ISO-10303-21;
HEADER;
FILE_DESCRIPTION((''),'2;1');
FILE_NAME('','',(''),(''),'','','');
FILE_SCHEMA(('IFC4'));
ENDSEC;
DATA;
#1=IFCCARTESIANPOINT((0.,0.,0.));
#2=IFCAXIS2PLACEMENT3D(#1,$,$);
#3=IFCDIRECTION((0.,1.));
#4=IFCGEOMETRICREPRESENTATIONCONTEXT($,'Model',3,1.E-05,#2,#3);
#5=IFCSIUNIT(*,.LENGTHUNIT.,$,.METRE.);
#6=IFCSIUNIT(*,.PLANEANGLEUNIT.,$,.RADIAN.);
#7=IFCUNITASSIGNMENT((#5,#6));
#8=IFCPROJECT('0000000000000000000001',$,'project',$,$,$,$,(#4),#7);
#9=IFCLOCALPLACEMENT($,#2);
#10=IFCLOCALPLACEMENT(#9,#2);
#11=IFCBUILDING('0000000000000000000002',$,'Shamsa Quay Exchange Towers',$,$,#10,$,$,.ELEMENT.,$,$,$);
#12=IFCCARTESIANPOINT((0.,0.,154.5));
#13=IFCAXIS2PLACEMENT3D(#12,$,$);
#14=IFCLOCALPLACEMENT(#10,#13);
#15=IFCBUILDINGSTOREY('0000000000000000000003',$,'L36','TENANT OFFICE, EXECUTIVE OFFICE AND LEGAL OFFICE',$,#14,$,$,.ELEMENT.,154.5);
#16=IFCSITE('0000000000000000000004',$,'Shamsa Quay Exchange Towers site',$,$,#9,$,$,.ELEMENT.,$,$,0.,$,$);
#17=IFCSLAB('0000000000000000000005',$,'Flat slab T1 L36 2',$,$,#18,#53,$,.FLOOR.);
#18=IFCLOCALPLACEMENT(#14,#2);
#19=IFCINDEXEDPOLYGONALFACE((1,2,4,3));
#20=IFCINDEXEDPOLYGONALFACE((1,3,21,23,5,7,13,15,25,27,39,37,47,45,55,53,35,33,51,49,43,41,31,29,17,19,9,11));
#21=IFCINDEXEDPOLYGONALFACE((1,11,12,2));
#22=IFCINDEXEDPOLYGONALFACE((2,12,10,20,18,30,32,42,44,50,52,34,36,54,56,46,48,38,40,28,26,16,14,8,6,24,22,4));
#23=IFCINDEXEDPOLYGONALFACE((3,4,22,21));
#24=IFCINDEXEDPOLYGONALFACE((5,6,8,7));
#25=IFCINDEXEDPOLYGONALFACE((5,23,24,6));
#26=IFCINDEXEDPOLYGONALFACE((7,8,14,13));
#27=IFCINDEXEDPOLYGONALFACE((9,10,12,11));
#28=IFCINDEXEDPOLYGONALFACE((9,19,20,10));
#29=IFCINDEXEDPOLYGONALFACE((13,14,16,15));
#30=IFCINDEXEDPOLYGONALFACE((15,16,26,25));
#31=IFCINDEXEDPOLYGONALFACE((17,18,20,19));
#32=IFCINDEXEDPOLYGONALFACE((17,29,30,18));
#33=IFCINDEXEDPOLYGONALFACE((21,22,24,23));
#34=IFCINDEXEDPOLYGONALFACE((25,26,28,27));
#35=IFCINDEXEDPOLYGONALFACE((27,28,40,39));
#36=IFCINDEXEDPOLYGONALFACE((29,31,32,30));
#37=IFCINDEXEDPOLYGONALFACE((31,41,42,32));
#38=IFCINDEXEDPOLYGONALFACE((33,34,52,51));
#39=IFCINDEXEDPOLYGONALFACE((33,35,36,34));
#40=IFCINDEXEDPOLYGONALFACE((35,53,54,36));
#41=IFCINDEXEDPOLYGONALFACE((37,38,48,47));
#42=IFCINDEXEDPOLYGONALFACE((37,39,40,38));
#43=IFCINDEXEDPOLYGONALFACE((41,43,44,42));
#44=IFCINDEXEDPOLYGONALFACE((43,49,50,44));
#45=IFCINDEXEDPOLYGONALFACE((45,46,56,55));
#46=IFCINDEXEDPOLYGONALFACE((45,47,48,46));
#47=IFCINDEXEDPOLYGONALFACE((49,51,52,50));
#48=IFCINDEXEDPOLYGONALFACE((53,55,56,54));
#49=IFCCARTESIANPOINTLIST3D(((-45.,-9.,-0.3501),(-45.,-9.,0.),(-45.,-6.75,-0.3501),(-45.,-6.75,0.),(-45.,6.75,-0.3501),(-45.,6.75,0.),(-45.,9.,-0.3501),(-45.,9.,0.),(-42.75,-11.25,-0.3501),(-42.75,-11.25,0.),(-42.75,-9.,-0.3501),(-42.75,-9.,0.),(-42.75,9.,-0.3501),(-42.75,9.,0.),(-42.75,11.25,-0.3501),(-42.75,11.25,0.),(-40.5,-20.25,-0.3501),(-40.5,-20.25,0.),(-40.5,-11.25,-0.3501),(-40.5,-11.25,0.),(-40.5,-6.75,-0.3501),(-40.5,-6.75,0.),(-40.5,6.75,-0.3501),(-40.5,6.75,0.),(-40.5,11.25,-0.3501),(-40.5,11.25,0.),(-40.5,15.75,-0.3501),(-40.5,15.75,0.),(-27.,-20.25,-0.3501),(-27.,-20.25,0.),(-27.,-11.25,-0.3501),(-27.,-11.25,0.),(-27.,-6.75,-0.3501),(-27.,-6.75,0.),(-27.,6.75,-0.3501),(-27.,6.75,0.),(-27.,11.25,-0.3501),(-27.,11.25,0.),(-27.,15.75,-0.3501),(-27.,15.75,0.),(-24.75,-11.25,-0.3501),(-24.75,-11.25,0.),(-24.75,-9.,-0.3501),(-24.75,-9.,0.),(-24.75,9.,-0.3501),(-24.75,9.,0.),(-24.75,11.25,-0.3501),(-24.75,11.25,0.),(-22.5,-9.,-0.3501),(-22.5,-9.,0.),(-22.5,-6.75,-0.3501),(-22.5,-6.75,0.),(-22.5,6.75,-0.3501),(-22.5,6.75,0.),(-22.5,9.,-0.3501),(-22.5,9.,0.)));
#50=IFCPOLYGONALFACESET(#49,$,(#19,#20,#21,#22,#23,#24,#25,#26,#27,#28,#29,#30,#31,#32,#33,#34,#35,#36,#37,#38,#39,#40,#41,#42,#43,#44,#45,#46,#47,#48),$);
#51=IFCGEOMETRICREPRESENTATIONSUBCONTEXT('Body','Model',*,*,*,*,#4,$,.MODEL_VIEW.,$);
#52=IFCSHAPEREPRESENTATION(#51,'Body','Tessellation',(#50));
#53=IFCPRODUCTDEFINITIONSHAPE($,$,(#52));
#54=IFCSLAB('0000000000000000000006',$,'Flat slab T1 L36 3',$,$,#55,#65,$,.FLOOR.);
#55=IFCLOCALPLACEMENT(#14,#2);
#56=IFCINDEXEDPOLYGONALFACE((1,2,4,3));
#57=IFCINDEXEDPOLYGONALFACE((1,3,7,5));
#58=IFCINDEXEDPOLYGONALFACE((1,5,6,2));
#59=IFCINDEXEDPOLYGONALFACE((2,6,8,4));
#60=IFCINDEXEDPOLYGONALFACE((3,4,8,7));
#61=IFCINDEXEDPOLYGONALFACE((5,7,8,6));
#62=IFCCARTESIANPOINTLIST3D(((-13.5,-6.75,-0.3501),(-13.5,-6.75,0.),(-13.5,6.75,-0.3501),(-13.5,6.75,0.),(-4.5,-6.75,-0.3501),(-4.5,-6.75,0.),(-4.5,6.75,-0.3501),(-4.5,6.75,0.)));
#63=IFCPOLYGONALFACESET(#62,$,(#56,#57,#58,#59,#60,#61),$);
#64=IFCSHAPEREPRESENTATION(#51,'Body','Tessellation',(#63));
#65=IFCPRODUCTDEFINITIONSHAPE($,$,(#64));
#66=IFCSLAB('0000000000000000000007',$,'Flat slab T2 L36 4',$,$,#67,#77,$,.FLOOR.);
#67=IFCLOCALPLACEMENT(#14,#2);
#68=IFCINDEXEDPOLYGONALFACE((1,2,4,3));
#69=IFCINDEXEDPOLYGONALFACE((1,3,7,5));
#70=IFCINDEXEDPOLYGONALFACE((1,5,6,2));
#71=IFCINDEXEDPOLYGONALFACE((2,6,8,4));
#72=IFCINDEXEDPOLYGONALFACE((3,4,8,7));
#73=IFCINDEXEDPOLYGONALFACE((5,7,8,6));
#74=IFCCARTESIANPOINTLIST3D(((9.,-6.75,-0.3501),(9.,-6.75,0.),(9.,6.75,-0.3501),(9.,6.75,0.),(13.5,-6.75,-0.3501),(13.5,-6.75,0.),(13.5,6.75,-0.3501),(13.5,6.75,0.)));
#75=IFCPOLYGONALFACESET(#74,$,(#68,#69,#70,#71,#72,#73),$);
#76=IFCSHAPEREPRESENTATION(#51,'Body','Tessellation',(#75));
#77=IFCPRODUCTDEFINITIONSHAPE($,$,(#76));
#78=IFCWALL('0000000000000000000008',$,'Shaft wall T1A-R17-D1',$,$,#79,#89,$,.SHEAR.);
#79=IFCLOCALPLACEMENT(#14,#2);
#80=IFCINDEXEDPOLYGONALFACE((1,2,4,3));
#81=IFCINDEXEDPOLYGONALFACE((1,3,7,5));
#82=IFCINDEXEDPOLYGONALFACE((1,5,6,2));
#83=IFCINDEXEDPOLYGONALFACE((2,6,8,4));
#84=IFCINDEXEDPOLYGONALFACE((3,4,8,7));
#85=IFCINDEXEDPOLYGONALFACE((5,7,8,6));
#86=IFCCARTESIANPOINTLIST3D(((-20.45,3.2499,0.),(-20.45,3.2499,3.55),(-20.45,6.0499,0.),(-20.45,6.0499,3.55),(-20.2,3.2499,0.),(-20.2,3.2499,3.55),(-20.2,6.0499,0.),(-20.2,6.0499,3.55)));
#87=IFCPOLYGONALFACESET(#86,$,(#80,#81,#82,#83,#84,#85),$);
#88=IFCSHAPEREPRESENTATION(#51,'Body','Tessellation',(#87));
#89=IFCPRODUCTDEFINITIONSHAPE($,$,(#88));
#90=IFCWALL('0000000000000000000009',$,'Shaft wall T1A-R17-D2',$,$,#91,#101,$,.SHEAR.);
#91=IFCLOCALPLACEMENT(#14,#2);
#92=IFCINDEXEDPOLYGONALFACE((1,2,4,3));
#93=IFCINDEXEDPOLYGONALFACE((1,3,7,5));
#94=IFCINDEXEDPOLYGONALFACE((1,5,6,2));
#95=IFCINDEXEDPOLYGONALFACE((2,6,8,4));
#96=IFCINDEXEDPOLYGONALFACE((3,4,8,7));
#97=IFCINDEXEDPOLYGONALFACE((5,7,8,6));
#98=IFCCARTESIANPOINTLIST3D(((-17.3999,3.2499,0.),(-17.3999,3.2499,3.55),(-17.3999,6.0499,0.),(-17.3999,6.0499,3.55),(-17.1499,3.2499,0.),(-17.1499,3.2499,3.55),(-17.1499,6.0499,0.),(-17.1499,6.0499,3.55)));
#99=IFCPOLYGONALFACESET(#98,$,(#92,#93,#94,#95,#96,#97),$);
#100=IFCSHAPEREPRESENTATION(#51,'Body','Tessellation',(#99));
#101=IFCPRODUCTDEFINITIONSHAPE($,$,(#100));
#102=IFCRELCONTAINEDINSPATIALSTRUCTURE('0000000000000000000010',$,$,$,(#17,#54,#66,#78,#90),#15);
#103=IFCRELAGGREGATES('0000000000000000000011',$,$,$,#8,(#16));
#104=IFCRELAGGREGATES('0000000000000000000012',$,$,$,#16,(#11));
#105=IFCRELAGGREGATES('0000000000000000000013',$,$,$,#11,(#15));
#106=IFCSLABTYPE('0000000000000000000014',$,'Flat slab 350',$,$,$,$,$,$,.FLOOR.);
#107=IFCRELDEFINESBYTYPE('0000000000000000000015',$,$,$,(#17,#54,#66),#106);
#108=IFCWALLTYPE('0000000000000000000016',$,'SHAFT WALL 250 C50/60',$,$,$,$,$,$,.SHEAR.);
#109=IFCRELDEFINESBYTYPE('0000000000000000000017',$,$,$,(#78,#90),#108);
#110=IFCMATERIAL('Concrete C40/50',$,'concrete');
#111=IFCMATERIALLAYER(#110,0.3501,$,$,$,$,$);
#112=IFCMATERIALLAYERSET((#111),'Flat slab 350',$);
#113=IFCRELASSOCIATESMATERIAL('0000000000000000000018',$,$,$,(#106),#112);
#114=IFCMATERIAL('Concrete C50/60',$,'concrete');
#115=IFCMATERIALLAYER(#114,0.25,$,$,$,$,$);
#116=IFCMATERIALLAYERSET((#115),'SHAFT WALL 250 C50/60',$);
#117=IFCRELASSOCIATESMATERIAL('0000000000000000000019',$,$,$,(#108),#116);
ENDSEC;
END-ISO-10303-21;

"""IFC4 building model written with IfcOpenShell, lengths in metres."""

from ifc_helpers import new_model, si_unit, direction, frame, frame_2d, origin, place, context, subcontext, project, spatial, polyline, rectangle, outline, extrude, material, layer, layer_set, type_object, element, save


model = new_model("IFC4")

# Units and contexts
model_context = context("Model", 3, precision=1e-05, world=origin(), true_north=direction((0.0, 1.0)))
body_context = subcontext(model_context, "Body", "Model", "MODEL_VIEW")
ifc_project = project(units=[si_unit("LENGTHUNIT", "METRE"), si_unit("PLANEANGLEUNIT", "RADIAN")], contexts=[model_context])

# Site, building, storey
site_placement = place(None, origin())
site = spatial("IfcSite", under=ifc_project, at=site_placement, Name="Shamsa Quay Exchange Towers site", CompositionType="ELEMENT", RefElevation=0.0)
building_placement = place(site_placement, origin())
building = spatial("IfcBuilding", under=site, at=building_placement, Name="Shamsa Quay Exchange Towers", CompositionType="ELEMENT")
storey_placement = place(building_placement, frame((0.0, 0.0, 154.5)))
storey = spatial("IfcBuildingStorey", under=building, at=storey_placement, Name="L36", Description="TENANT OFFICE, EXECUTIVE OFFICE AND LEGAL OFFICE", CompositionType="ELEMENT", Elevation=154.5)

# Slabs
ifc_material_1 = material(Name="Concrete C40/50", Category="concrete")
ifc_layer_1 = layer(ifc_material_1, 0.3501)
ifc_layer_set_1 = layer_set([ifc_layer_1], Name="Flat slab 350")
slab_type = type_object("IfcSlabType", Name="Flat slab 350", PredefinedType="FLOOR", material=ifc_layer_set_1)
slab_1_placement = place(storey_placement, frame((0.0, 0.0, -0.3501)))
element("IfcSlab", 1, at=slab_1_placement, inside=storey, type_object=slab_type, Name="Flat slab T1 L36 2", PredefinedType="FLOOR", context=body_context, shape_type="SweptSolid", body=[
    extrude(outline(polyline([(-22.5, -9.0), (-22.5, -6.75), (-27.0, -6.75), (-27.0, 6.75), (-22.5, 6.75), (-22.5, 9.0), (-24.75, 9.0), (-24.75, 11.25), (-27.0, 11.25), (-27.0, 15.75), (-40.5, 15.75), (-40.5, 11.25), (-42.75, 11.25), (-42.75, 9.0), (-45.0, 9.0), (-45.0, 6.75), (-40.5, 6.75), (-40.5, -6.75), (-45.0, -6.75), (-45.0, -9.0), (-42.75, -9.0), (-42.75, -11.25), (-40.5, -11.25), (-40.5, -20.25), (-27.0, -20.25), (-27.0, -11.25), (-24.75, -11.25), (-24.75, -9.0), (-22.5, -9.0)])), origin(), (0.0, 0.0, 1.0), 0.3501),
])
slab_2_placement = place(storey_placement, frame((0.0, 0.0, -0.3501)))
element("IfcSlab", 2, at=slab_2_placement, inside=storey, type_object=slab_type, Name="Flat slab T1 L36 3", PredefinedType="FLOOR", context=body_context, shape_type="SweptSolid", body=[
    extrude(outline(polyline([(-4.5, 6.75), (-13.5, 6.75), (-13.5, -6.75), (-4.5, -6.75), (-4.5, 6.75)])), origin(), (0.0, 0.0, 1.0), 0.3501),
])
slab_3_placement = place(storey_placement, frame((0.0, 0.0, -0.3501)))
element("IfcSlab", 3, at=slab_3_placement, inside=storey, type_object=slab_type, Name="Flat slab T2 L36 4", PredefinedType="FLOOR", context=body_context, shape_type="SweptSolid", body=[
    extrude(outline(polyline([(9.0, -6.75), (13.5, -6.75), (13.5, 6.75), (9.0, 6.75), (9.0, -6.75)])), origin(), (0.0, 0.0, 1.0), 0.3501),
])

# Walls
ifc_material_2 = material(Name="Concrete C50/60", Category="concrete")
ifc_layer_2 = layer(ifc_material_2, 0.25)
ifc_layer_set_2 = layer_set([ifc_layer_2], Name="SHAFT WALL 250 C50/60")
wall_type_1 = type_object("IfcWallType", Name="SHAFT WALL 250 C50/60", PredefinedType="SHEAR", material=ifc_layer_set_2)
for number, where, z_axis, x_axis, name in (
    (4, (-20.325, 3.25, 0.0), (0.0, 0.0, 1.0), (0.0, 1.0, 0.0), "Shaft wall T1A-R17-D1"),
    (5, (-17.2749, 3.25, 0.0), (0.0, 0.0, 1.0), (0.0, 1.0, 0.0), "Shaft wall T1A-R17-D2"),
):
    element("IfcWall", number, at=place(storey_placement, frame(where, z_axis=z_axis, x_axis=x_axis)), inside=storey, type_object=wall_type_1, Name=name, PredefinedType="SHEAR", context=body_context, shape_type="SweptSolid", body=[
        extrude(rectangle(XDim=2.8, YDim=0.25, at=frame_2d((1.3999, 0.0))), origin(), (0.0, 0.0, 1.0), 3.55),
    ])

save(model, "model.ifc")
